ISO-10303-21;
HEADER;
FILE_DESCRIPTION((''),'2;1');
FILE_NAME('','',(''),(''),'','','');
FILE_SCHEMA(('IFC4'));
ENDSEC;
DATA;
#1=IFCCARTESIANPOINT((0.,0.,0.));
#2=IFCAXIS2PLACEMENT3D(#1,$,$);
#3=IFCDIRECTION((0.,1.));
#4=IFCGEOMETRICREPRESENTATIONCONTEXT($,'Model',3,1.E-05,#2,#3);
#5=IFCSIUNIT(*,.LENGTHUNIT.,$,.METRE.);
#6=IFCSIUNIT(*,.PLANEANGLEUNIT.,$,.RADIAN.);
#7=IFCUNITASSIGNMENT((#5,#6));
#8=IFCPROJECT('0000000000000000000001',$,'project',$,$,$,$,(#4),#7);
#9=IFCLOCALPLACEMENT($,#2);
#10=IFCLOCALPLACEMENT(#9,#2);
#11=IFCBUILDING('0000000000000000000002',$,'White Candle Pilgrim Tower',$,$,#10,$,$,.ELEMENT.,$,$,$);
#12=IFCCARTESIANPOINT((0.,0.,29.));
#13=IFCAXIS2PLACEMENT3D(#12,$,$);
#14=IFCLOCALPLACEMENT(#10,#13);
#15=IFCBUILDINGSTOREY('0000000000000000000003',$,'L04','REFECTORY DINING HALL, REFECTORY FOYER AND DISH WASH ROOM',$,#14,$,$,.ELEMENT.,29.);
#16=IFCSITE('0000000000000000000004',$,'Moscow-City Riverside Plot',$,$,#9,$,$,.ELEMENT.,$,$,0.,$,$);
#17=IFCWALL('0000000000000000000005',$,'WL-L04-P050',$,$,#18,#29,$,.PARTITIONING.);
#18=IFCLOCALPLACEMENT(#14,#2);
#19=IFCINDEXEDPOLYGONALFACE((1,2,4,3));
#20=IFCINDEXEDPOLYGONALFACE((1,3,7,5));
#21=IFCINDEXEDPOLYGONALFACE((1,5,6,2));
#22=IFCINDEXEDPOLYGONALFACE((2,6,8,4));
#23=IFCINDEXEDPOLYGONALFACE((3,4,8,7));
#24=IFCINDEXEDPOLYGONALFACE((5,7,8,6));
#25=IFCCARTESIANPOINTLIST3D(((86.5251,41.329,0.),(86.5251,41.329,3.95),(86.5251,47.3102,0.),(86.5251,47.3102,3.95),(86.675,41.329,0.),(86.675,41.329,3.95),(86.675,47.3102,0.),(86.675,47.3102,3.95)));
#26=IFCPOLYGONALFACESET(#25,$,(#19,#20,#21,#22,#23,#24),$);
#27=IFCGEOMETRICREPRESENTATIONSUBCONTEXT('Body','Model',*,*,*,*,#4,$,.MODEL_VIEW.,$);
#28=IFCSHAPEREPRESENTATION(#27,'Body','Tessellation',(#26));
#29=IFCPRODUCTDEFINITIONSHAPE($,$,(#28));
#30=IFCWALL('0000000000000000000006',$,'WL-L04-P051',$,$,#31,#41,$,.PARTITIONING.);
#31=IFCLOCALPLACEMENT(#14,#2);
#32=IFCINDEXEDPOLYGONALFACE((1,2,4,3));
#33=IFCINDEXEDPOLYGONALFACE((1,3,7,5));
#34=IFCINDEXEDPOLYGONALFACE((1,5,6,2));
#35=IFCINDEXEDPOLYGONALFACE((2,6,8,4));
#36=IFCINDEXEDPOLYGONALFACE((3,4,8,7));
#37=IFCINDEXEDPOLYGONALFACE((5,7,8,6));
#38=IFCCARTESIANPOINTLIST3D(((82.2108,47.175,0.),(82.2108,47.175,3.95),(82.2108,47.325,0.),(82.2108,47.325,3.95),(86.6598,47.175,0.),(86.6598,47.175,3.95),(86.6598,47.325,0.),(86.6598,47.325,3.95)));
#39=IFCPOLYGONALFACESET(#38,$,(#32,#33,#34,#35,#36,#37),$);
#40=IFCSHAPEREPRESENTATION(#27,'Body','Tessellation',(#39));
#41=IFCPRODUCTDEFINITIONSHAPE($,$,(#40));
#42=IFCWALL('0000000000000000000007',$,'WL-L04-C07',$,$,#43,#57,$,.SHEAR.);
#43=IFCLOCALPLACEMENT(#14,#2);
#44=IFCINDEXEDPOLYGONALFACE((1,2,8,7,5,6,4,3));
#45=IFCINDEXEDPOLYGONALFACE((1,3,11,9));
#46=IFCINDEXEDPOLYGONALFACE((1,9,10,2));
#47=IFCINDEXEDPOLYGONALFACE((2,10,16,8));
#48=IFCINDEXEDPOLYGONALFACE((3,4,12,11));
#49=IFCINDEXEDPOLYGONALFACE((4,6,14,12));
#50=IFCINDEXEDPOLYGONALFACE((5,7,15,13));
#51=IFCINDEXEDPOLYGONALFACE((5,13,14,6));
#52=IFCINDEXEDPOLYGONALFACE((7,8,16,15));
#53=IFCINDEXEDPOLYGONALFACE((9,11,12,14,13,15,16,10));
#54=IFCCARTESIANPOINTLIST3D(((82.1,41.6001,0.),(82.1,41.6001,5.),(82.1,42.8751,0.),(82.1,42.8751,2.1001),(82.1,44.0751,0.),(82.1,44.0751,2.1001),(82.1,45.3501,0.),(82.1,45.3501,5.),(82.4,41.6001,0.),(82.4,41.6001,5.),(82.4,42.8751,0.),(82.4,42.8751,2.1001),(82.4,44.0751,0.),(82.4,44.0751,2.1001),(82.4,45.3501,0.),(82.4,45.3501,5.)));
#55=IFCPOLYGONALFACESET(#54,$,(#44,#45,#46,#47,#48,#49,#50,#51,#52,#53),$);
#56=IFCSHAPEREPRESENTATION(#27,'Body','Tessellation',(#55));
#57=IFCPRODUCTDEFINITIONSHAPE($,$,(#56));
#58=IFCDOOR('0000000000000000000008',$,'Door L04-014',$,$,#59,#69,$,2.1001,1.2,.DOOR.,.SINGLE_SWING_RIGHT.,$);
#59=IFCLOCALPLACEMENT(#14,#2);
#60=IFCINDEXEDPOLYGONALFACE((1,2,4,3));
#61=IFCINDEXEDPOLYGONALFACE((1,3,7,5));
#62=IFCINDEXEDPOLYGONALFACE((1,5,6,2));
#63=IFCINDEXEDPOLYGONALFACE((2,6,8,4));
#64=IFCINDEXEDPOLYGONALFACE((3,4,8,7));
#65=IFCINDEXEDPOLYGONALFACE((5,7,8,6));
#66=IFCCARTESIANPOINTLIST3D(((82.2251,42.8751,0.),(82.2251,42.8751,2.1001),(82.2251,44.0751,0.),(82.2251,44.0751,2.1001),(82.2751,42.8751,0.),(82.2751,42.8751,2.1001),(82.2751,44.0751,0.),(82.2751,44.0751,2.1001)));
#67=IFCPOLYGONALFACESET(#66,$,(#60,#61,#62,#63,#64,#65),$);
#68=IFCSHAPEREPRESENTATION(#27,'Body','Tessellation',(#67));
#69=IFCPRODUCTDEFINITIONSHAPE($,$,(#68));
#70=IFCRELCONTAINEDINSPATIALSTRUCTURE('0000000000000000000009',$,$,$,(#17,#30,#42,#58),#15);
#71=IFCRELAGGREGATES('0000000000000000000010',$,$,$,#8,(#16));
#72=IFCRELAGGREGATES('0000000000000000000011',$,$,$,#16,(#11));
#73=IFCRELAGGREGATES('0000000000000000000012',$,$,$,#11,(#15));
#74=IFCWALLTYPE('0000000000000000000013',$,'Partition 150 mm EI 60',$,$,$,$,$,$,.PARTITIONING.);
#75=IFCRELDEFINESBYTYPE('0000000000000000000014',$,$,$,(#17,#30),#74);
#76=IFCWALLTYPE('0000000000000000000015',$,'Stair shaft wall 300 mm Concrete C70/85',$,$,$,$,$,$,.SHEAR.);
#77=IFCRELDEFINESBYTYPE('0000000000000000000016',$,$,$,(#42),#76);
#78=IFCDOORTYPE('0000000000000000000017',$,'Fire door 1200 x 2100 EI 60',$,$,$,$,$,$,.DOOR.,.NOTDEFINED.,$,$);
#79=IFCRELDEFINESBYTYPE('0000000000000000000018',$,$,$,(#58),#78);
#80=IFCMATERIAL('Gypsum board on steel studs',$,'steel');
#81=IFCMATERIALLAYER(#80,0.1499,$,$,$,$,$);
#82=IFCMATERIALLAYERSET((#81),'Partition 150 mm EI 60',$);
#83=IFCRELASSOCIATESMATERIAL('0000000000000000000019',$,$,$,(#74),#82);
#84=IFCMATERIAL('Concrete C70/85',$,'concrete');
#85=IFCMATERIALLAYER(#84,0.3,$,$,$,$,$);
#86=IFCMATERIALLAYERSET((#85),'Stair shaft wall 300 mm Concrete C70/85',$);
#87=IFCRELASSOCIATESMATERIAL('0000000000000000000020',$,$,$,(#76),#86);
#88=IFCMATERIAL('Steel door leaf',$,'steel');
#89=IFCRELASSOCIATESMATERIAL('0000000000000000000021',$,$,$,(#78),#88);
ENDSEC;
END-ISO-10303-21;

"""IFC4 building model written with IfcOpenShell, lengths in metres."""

from ifc_helpers import new_model, si_unit, direction, frame, frame_2d, origin, place, context, subcontext, project, spatial, rectangle, extrude, material, layer, layer_set, type_object, element, fill, save


model = new_model("IFC4")

# Units and contexts
model_context = context("Model", 3, precision=1e-05, world=origin(), true_north=direction((0.0, 1.0)))
body_context = subcontext(model_context, "Body", "Model", "MODEL_VIEW")
ifc_project = project(units=[si_unit("LENGTHUNIT", "METRE"), si_unit("PLANEANGLEUNIT", "RADIAN")], contexts=[model_context])

# Site, building, storey
site_placement = place(None, origin())
site = spatial("IfcSite", under=ifc_project, at=site_placement, Name="Moscow-City Riverside Plot", CompositionType="ELEMENT", RefElevation=0.0)
building_placement = place(site_placement, origin())
building = spatial("IfcBuilding", under=site, at=building_placement, Name="White Candle Pilgrim Tower", CompositionType="ELEMENT")
storey_placement = place(building_placement, frame((0.0, 0.0, 29.0)))
storey = spatial("IfcBuildingStorey", under=building, at=storey_placement, Name="L04", Description="REFECTORY DINING HALL, REFECTORY FOYER AND DISH WASH ROOM", CompositionType="ELEMENT", Elevation=29.0)

# Shared definitions
ifc_material_1 = material(Name="Concrete C70/85", Category="concrete")

# Shared definitions
ifc_material_2 = material(Name="Gypsum board on steel studs", Category="steel")
ifc_material_3 = material(Name="Steel door leaf", Category="steel")

# Walls
ifc_layer_1 = layer(ifc_material_2, 0.1499)
ifc_layer_set_1 = layer_set([ifc_layer_1], Name="Partition 150 mm EI 60")
wall_type_1 = type_object("IfcWallType", Name="Partition 150 mm EI 60", PredefinedType="PARTITIONING", material=ifc_layer_set_1)
wall_1_placement = place(storey_placement, frame((86.6001, 41.3289, 0.0), z_axis=(0.0, 0.0, 1.0), x_axis=(0.0, 1.0, 0.0)))
element("IfcWall", 1, at=wall_1_placement, inside=storey, type_object=wall_type_1, Name="WL-L04-P050", PredefinedType="PARTITIONING", context=body_context, shape_type="SweptSolid", body=[
    extrude(rectangle(XDim=5.9812, YDim=0.1499, at=frame_2d((2.9907, 0.0))), origin(), (0.0, 0.0, 1.0), 3.95),
])
wall_2_placement = place(storey_placement, frame((86.6599, 47.25, 0.0), z_axis=(0.0, 0.0, 1.0), x_axis=(-1.0, 0.0, 0.0)))
element("IfcWall", 2, at=wall_2_placement, inside=storey, type_object=wall_type_1, Name="WL-L04-P051", PredefinedType="PARTITIONING", context=body_context, shape_type="SweptSolid", body=[
    extrude(rectangle(XDim=4.449, YDim=0.1499, at=frame_2d((2.2246, 0.0))), origin(), (0.0, 0.0, 1.0), 3.95),
])

# Wall, opening, door
ifc_layer_2 = layer(ifc_material_1, 0.3)
ifc_layer_set_2 = layer_set([ifc_layer_2], Name="Stair shaft wall 300 mm Concrete C70/85")
wall_type_2 = type_object("IfcWallType", Name="Stair shaft wall 300 mm Concrete C70/85", PredefinedType="SHEAR", material=ifc_layer_set_2)
wall_3_placement = place(storey_placement, frame((82.25, 41.6001, 0.0), z_axis=(0.0, 0.0, 1.0), x_axis=(0.0, 1.0, 0.0)))
wall_3 = element("IfcWall", 3, at=wall_3_placement, inside=storey, type_object=wall_type_2, Name="WL-L04-C07", PredefinedType="SHEAR", context=body_context, shape_type="SweptSolid", body=[
    extrude(rectangle(XDim=3.75, YDim=0.3, at=frame_2d((1.875, 0.0))), origin(), (0.0, 0.0, 1.0), 5.0),
])
opening_1_placement = place(wall_3_placement, frame((1.2749, 0.0, 0.0)))
opening_1 = element("IfcOpeningElement", 4, at=opening_1_placement, cuts=wall_3, PredefinedType="OPENING", context=body_context, shape_type="SweptSolid", body=[
    extrude(rectangle(XDim=1.2, YDim=2.1001, at=frame_2d((0.6001, 1.05))), frame((0.0, 0.1599, 0.0), z_axis=(0.0, -1.0, 0.0), x_axis=(1.0, 0.0, 0.0)), (0.0, 0.0, 1.0), 0.3201),
])
door_type_1 = type_object("IfcDoorType", Name="Fire door 1200 x 2100 EI 60", OperationType="NOTDEFINED", PredefinedType="DOOR", material=ifc_material_3)
door_1_placement = place(opening_1_placement, origin())
door_1 = element("IfcDoor", 5, at=door_1_placement, inside=storey, type_object=door_type_1, Name="Door L04-014", OperationType="SINGLE_SWING_RIGHT", OverallHeight=2.1001, OverallWidth=1.2, PredefinedType="DOOR", context=body_context, shape_type="SweptSolid", body=[
    extrude(rectangle(XDim=1.2, YDim=2.1001, at=frame_2d((0.6001, 1.05))), frame((0.0, 0.0249, 0.0), z_axis=(0.0, -1.0, 0.0), x_axis=(1.0, 0.0, 0.0)), (0.0, 0.0, 1.0), 0.05),
])
fill(opening_1, door_1)

save(model, "model.ifc")
